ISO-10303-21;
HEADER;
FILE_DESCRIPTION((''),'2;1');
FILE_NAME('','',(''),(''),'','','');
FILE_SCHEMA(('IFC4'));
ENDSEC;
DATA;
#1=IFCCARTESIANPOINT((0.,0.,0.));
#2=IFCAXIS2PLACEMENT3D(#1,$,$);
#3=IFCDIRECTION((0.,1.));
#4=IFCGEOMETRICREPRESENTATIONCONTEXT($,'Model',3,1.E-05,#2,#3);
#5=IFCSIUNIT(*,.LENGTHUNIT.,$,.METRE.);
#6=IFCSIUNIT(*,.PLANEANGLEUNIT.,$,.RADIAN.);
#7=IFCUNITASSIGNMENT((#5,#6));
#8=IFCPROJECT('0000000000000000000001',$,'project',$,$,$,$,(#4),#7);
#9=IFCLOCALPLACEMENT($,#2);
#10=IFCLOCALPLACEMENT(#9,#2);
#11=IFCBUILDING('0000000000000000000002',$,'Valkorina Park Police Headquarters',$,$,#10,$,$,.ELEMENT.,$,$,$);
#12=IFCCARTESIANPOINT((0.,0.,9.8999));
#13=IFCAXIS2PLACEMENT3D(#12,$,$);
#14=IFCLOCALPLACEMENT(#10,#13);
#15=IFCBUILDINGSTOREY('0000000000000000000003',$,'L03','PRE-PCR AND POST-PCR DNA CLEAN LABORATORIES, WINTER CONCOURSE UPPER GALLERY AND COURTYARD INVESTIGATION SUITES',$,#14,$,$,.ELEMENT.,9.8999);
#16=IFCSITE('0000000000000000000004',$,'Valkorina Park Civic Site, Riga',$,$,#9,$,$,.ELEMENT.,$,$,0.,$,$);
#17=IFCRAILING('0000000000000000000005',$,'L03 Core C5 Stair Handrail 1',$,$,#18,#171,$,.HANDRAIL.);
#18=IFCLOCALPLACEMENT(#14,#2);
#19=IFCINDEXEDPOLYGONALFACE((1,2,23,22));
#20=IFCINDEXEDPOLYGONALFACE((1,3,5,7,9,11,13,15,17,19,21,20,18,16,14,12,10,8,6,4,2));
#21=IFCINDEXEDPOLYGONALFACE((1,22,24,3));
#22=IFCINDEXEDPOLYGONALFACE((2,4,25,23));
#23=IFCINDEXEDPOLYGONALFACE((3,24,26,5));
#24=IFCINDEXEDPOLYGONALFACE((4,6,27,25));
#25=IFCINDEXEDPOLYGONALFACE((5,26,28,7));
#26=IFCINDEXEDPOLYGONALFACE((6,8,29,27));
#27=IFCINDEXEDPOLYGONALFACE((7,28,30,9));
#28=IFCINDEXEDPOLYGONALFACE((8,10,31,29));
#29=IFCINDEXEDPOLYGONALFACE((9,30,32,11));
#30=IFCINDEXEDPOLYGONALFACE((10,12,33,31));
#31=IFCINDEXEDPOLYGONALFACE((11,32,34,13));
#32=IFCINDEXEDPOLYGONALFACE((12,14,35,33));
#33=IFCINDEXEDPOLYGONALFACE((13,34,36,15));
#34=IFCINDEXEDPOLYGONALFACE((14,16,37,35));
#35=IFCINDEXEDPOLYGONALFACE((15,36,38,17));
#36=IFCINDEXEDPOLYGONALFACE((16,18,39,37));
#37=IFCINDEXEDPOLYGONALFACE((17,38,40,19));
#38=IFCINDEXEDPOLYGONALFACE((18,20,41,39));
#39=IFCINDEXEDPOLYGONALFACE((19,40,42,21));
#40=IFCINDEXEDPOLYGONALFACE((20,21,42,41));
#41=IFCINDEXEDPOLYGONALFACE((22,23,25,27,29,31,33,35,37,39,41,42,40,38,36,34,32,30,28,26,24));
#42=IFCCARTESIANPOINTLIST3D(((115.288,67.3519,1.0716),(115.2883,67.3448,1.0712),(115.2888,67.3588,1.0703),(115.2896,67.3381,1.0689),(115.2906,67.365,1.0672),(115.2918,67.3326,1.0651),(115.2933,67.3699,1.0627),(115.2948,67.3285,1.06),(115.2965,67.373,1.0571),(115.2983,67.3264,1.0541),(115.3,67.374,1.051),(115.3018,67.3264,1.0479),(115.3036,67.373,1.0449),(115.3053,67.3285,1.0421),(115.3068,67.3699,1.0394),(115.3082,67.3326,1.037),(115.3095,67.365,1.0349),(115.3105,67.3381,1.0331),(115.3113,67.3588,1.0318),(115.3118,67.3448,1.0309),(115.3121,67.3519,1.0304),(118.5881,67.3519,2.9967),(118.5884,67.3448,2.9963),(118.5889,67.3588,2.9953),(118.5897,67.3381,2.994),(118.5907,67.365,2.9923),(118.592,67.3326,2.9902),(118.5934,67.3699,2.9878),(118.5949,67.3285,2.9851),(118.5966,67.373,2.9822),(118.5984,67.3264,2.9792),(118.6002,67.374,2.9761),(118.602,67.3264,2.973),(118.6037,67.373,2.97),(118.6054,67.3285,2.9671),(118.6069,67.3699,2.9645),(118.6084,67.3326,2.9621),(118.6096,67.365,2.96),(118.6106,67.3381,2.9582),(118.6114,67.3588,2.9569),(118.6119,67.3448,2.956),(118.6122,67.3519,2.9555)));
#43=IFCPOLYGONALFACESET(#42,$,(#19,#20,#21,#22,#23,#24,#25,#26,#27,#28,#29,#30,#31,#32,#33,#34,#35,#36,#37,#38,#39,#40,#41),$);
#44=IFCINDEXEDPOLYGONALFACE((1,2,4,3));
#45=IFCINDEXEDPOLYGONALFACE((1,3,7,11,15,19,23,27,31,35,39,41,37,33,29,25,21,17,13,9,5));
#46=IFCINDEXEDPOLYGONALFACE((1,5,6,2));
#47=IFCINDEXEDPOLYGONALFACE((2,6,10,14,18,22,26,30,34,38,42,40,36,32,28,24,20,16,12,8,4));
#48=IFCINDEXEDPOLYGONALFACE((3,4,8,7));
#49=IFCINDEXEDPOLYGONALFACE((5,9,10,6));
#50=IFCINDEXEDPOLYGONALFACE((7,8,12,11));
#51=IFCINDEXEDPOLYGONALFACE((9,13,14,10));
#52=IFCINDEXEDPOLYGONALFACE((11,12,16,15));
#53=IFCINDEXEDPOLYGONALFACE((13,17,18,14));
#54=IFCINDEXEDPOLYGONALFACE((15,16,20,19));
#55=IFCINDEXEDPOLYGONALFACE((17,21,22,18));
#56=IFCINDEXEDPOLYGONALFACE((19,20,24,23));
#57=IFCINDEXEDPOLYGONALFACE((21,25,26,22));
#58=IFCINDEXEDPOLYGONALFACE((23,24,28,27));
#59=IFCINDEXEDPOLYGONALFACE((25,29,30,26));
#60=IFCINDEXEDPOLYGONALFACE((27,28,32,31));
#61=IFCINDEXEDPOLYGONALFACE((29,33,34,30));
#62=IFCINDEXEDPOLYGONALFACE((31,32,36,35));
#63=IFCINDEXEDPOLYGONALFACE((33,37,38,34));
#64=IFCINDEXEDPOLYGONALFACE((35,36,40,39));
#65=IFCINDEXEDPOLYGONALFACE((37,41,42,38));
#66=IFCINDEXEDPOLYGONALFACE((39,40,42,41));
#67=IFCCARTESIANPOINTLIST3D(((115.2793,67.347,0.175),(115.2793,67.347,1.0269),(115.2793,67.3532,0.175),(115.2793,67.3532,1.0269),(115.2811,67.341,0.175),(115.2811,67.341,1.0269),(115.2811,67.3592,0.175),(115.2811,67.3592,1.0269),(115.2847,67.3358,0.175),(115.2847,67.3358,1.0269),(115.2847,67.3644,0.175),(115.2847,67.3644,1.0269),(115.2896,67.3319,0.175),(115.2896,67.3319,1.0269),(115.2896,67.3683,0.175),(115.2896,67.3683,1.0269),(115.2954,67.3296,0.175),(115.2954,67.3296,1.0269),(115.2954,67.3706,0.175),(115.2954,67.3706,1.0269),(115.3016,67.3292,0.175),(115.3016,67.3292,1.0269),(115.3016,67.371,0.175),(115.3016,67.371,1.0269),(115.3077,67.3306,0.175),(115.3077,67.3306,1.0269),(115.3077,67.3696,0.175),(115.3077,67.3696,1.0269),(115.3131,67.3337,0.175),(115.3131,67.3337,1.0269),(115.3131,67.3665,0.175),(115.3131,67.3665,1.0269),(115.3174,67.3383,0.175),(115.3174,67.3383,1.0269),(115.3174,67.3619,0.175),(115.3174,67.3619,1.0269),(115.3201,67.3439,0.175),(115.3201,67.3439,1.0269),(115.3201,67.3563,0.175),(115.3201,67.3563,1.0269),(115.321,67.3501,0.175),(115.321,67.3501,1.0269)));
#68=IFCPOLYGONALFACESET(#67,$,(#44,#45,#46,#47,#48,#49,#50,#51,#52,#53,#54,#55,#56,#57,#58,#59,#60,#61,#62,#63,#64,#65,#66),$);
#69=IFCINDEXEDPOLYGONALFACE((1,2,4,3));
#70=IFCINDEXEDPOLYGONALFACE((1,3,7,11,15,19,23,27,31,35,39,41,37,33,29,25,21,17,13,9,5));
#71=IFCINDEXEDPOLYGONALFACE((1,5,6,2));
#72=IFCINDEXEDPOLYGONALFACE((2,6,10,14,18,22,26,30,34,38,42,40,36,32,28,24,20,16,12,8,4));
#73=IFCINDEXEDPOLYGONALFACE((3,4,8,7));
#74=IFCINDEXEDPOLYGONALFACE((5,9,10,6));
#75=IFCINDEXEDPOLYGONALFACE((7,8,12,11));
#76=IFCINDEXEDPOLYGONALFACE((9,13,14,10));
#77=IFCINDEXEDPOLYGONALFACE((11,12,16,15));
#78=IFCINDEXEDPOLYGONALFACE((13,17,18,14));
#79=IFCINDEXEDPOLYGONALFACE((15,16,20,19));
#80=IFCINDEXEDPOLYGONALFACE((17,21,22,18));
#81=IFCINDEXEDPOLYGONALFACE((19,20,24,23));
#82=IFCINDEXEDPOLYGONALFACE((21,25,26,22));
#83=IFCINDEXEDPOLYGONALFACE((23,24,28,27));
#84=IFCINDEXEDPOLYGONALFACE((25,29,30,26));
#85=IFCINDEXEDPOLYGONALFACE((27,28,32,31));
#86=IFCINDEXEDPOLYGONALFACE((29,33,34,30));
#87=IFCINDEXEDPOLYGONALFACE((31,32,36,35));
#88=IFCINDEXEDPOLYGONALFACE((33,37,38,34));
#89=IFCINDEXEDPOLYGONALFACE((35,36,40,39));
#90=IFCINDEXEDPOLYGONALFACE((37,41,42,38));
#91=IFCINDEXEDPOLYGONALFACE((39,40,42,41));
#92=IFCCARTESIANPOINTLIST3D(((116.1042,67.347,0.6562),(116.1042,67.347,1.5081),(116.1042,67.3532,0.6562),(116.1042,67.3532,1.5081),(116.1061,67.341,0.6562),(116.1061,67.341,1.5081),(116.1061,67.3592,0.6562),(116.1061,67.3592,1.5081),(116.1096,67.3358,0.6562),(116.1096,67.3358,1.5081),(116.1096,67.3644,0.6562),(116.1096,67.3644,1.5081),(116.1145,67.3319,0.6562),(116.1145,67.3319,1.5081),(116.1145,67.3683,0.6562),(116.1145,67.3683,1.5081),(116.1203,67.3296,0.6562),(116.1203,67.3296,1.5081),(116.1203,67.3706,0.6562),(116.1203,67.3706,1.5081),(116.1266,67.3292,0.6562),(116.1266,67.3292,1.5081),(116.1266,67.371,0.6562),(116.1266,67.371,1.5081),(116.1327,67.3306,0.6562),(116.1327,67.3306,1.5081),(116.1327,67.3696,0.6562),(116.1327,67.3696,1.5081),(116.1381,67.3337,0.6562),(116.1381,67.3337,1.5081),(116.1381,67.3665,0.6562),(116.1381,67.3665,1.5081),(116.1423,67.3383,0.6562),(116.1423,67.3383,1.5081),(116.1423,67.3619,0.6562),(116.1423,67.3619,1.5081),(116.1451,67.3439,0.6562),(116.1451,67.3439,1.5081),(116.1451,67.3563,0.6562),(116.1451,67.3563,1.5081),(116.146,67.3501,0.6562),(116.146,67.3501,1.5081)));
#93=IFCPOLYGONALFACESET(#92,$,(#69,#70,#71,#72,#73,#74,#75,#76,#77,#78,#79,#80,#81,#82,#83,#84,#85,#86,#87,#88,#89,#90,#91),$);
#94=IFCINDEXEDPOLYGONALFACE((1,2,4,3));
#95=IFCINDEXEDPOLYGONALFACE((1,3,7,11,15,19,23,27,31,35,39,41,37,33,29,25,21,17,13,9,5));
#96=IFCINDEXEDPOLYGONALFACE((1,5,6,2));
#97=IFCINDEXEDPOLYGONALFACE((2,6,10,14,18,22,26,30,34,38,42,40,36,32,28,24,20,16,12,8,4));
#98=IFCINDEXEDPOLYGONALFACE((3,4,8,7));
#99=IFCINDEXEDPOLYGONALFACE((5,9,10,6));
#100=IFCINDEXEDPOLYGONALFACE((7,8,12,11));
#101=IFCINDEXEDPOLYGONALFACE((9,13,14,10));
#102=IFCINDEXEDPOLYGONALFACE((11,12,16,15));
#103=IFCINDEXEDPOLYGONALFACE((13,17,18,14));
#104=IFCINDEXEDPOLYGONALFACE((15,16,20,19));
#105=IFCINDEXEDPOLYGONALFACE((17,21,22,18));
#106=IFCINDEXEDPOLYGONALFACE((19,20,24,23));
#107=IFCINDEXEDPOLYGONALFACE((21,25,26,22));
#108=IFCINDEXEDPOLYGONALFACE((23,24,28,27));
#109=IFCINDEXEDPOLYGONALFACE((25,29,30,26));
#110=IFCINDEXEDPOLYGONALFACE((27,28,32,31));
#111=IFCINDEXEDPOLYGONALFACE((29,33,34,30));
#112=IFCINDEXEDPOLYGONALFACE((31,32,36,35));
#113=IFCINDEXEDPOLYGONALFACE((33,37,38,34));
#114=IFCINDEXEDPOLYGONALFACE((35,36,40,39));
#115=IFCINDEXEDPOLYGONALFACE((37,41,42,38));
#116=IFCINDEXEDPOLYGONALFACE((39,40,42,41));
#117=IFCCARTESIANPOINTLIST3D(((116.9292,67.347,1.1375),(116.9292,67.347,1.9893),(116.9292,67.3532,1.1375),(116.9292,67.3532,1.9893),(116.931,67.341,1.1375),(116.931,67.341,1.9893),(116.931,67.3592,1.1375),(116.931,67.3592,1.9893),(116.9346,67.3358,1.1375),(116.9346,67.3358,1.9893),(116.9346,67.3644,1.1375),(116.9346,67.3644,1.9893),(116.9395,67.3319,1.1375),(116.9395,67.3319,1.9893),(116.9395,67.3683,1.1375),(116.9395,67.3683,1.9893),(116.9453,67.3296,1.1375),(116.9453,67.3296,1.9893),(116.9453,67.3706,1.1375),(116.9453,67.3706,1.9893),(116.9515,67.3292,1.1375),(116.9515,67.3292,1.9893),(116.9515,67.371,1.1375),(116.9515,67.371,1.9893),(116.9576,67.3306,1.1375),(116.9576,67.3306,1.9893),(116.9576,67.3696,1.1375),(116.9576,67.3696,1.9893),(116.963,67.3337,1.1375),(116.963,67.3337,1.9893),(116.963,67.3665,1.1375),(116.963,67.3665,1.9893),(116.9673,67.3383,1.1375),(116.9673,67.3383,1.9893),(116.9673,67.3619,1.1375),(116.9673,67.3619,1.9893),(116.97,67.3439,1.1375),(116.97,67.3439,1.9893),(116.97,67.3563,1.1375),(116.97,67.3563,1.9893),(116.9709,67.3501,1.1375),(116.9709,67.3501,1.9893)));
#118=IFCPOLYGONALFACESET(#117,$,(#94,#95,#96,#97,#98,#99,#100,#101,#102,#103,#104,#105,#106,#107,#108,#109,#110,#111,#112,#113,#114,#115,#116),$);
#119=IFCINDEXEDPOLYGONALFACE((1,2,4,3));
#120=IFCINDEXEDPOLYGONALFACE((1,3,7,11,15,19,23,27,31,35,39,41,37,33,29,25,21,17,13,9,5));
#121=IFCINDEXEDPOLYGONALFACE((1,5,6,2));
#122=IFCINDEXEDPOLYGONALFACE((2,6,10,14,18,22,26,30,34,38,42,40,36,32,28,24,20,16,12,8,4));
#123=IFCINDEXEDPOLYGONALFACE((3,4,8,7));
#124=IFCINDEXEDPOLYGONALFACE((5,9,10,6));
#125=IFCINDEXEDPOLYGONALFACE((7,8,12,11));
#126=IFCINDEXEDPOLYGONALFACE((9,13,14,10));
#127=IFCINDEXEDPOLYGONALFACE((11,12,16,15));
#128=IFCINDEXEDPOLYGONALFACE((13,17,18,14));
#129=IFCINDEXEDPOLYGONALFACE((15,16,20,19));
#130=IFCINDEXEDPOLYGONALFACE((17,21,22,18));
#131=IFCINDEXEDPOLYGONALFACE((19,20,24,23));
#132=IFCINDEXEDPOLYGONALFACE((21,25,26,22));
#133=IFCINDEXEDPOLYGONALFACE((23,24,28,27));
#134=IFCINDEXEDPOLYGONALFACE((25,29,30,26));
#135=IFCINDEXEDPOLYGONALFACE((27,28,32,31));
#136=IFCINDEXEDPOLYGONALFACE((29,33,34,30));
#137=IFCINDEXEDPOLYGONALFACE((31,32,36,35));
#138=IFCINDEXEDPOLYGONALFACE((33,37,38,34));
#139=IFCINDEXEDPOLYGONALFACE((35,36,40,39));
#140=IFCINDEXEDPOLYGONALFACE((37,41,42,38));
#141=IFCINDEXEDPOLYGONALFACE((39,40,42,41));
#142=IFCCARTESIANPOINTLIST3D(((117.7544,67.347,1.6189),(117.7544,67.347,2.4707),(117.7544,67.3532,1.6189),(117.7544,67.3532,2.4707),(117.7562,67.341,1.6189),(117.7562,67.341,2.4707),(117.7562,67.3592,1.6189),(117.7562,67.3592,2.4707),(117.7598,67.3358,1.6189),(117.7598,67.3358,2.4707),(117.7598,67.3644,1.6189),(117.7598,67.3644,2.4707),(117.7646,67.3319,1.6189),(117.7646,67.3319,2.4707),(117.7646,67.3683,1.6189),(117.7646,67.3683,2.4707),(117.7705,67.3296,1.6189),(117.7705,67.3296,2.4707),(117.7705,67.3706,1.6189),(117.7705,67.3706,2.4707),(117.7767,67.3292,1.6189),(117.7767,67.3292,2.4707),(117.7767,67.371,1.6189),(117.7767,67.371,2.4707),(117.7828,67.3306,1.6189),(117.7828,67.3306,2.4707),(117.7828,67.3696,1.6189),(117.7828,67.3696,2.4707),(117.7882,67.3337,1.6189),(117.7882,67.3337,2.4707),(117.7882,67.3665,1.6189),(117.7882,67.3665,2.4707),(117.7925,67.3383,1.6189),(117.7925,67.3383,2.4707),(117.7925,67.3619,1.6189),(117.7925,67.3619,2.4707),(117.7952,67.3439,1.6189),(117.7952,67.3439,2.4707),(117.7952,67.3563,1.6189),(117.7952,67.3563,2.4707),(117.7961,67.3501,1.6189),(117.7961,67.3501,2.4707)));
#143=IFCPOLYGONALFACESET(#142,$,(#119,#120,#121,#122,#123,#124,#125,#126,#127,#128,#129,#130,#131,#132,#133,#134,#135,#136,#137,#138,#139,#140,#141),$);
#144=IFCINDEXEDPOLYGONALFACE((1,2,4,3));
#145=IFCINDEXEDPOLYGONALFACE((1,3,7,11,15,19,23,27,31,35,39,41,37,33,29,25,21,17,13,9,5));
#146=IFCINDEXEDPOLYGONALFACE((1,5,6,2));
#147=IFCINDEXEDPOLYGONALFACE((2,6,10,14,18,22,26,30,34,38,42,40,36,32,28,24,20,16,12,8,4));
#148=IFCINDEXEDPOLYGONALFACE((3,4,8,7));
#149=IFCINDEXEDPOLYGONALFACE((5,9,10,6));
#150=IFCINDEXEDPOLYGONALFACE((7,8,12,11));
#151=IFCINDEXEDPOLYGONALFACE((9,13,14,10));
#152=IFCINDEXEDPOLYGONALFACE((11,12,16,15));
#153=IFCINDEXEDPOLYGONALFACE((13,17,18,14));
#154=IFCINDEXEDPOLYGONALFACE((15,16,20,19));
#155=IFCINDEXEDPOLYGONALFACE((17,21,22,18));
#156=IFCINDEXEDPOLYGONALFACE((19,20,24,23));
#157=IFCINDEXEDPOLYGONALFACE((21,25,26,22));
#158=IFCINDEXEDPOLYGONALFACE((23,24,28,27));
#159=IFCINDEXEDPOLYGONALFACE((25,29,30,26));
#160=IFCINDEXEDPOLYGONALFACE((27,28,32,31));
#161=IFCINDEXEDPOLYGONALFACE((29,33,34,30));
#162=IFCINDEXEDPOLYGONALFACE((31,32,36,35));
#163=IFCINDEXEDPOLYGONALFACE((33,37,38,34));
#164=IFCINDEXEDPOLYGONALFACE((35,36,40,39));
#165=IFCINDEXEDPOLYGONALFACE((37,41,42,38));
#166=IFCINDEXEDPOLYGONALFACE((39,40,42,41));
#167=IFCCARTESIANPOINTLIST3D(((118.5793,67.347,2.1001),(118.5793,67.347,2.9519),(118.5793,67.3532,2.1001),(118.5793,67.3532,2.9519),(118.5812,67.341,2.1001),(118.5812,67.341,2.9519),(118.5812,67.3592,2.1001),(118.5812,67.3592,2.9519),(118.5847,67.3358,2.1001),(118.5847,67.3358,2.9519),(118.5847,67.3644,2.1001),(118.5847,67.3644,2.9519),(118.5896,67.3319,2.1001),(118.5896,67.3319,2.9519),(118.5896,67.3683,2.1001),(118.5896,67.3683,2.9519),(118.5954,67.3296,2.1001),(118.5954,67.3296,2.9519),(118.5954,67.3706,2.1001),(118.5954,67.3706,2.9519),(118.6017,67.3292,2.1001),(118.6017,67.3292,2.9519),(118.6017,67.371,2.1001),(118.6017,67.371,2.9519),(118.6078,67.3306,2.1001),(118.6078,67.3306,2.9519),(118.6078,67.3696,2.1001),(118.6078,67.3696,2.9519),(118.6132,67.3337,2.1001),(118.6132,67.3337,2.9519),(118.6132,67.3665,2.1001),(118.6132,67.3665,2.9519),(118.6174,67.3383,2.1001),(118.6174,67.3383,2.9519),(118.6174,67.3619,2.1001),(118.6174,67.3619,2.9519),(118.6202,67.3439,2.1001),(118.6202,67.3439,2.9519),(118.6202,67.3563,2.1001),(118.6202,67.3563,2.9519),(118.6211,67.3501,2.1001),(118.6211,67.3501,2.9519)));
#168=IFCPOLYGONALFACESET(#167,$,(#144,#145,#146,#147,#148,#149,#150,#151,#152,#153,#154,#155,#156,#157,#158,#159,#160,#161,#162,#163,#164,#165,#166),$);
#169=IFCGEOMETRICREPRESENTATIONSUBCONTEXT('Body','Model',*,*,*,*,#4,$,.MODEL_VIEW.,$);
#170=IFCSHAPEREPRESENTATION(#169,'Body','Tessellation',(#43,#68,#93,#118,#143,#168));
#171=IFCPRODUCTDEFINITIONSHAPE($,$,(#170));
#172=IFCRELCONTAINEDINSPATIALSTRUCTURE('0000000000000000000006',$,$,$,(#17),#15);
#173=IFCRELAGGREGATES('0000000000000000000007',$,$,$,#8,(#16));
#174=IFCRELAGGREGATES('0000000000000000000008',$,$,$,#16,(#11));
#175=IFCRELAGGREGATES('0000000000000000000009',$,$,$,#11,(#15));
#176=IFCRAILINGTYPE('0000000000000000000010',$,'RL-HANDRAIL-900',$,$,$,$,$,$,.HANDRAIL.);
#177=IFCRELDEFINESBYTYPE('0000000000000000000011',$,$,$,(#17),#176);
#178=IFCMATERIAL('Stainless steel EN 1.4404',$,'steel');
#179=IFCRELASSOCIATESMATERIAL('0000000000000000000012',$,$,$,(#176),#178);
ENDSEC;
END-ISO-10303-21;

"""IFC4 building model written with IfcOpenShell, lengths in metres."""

from ifc_helpers import new_model, si_unit, direction, frame, origin, origin_2d, place, context, subcontext, project, spatial, circle, extrude, material, type_object, element, save


model = new_model("IFC4")

# Units and contexts
model_context = context("Model", 3, precision=1e-05, world=origin(), true_north=direction((0.0, 1.0)))
body_context = subcontext(model_context, "Body", "Model", "MODEL_VIEW")
ifc_project = project(units=[si_unit("LENGTHUNIT", "METRE"), si_unit("PLANEANGLEUNIT", "RADIAN")], contexts=[model_context])

# Site, building, storey
site_placement = place(None, origin())
site = spatial("IfcSite", under=ifc_project, at=site_placement, Name="Valkorina Park Civic Site, Riga", CompositionType="ELEMENT", RefElevation=0.0)
building_placement = place(site_placement, origin())
building = spatial("IfcBuilding", under=site, at=building_placement, Name="Valkorina Park Police Headquarters", CompositionType="ELEMENT")
storey_placement = place(building_placement, frame((0.0, 0.0, 9.8999)))
storey = spatial("IfcBuildingStorey", under=building, at=storey_placement, Name="L03", Description="PRE-PCR AND POST-PCR DNA CLEAN LABORATORIES, WINTER CONCOURSE UPPER GALLERY AND COURTYARD INVESTIGATION SUITES", CompositionType="ELEMENT", Elevation=9.8999)

# Railing
ifc_material_1 = material(Name="Stainless steel EN 1.4404", Category="steel")
railing_type_1 = type_object("IfcRailingType", Name="RL-HANDRAIL-900", PredefinedType="HANDRAIL", material=ifc_material_1)
railing_1_placement = place(storey_placement, frame((115.3, 67.3501, 0.175)))
element("IfcRailing", 1, at=railing_1_placement, inside=storey, type_object=railing_type_1, Name="L03 Core C5 Stair Handrail 1", PredefinedType="HANDRAIL", context=body_context, shape_type="SweptSolid", body=[
    extrude(circle(Radius=0.0239, at=origin_2d()), frame((0.0, 0.0, 0.876), z_axis=(0.863777, 0.0, 0.503875), x_axis=(0.0, 1.0, 0.0)), (0.0, 0.0, 1.0), 3.8206),
    extrude(circle(Radius=0.021, at=origin_2d()), origin(), (0.0, 0.0, 1.0), 0.8518),
    extrude(circle(Radius=0.021, at=origin_2d()), frame((0.825, 0.0, 0.4812)), (0.0, 0.0, 1.0), 0.8518),
    extrude(circle(Radius=0.021, at=origin_2d()), frame((1.6499, 0.0, 0.9624)), (0.0, 0.0, 1.0), 0.8518),
    extrude(circle(Radius=0.021, at=origin_2d()), frame((2.4751, 0.0, 1.4438)), (0.0, 0.0, 1.0), 0.8518),
    extrude(circle(Radius=0.021, at=origin_2d()), frame((3.3, 0.0, 1.925)), (0.0, 0.0, 1.0), 0.8518),
])

save(model, "model.ifc")
